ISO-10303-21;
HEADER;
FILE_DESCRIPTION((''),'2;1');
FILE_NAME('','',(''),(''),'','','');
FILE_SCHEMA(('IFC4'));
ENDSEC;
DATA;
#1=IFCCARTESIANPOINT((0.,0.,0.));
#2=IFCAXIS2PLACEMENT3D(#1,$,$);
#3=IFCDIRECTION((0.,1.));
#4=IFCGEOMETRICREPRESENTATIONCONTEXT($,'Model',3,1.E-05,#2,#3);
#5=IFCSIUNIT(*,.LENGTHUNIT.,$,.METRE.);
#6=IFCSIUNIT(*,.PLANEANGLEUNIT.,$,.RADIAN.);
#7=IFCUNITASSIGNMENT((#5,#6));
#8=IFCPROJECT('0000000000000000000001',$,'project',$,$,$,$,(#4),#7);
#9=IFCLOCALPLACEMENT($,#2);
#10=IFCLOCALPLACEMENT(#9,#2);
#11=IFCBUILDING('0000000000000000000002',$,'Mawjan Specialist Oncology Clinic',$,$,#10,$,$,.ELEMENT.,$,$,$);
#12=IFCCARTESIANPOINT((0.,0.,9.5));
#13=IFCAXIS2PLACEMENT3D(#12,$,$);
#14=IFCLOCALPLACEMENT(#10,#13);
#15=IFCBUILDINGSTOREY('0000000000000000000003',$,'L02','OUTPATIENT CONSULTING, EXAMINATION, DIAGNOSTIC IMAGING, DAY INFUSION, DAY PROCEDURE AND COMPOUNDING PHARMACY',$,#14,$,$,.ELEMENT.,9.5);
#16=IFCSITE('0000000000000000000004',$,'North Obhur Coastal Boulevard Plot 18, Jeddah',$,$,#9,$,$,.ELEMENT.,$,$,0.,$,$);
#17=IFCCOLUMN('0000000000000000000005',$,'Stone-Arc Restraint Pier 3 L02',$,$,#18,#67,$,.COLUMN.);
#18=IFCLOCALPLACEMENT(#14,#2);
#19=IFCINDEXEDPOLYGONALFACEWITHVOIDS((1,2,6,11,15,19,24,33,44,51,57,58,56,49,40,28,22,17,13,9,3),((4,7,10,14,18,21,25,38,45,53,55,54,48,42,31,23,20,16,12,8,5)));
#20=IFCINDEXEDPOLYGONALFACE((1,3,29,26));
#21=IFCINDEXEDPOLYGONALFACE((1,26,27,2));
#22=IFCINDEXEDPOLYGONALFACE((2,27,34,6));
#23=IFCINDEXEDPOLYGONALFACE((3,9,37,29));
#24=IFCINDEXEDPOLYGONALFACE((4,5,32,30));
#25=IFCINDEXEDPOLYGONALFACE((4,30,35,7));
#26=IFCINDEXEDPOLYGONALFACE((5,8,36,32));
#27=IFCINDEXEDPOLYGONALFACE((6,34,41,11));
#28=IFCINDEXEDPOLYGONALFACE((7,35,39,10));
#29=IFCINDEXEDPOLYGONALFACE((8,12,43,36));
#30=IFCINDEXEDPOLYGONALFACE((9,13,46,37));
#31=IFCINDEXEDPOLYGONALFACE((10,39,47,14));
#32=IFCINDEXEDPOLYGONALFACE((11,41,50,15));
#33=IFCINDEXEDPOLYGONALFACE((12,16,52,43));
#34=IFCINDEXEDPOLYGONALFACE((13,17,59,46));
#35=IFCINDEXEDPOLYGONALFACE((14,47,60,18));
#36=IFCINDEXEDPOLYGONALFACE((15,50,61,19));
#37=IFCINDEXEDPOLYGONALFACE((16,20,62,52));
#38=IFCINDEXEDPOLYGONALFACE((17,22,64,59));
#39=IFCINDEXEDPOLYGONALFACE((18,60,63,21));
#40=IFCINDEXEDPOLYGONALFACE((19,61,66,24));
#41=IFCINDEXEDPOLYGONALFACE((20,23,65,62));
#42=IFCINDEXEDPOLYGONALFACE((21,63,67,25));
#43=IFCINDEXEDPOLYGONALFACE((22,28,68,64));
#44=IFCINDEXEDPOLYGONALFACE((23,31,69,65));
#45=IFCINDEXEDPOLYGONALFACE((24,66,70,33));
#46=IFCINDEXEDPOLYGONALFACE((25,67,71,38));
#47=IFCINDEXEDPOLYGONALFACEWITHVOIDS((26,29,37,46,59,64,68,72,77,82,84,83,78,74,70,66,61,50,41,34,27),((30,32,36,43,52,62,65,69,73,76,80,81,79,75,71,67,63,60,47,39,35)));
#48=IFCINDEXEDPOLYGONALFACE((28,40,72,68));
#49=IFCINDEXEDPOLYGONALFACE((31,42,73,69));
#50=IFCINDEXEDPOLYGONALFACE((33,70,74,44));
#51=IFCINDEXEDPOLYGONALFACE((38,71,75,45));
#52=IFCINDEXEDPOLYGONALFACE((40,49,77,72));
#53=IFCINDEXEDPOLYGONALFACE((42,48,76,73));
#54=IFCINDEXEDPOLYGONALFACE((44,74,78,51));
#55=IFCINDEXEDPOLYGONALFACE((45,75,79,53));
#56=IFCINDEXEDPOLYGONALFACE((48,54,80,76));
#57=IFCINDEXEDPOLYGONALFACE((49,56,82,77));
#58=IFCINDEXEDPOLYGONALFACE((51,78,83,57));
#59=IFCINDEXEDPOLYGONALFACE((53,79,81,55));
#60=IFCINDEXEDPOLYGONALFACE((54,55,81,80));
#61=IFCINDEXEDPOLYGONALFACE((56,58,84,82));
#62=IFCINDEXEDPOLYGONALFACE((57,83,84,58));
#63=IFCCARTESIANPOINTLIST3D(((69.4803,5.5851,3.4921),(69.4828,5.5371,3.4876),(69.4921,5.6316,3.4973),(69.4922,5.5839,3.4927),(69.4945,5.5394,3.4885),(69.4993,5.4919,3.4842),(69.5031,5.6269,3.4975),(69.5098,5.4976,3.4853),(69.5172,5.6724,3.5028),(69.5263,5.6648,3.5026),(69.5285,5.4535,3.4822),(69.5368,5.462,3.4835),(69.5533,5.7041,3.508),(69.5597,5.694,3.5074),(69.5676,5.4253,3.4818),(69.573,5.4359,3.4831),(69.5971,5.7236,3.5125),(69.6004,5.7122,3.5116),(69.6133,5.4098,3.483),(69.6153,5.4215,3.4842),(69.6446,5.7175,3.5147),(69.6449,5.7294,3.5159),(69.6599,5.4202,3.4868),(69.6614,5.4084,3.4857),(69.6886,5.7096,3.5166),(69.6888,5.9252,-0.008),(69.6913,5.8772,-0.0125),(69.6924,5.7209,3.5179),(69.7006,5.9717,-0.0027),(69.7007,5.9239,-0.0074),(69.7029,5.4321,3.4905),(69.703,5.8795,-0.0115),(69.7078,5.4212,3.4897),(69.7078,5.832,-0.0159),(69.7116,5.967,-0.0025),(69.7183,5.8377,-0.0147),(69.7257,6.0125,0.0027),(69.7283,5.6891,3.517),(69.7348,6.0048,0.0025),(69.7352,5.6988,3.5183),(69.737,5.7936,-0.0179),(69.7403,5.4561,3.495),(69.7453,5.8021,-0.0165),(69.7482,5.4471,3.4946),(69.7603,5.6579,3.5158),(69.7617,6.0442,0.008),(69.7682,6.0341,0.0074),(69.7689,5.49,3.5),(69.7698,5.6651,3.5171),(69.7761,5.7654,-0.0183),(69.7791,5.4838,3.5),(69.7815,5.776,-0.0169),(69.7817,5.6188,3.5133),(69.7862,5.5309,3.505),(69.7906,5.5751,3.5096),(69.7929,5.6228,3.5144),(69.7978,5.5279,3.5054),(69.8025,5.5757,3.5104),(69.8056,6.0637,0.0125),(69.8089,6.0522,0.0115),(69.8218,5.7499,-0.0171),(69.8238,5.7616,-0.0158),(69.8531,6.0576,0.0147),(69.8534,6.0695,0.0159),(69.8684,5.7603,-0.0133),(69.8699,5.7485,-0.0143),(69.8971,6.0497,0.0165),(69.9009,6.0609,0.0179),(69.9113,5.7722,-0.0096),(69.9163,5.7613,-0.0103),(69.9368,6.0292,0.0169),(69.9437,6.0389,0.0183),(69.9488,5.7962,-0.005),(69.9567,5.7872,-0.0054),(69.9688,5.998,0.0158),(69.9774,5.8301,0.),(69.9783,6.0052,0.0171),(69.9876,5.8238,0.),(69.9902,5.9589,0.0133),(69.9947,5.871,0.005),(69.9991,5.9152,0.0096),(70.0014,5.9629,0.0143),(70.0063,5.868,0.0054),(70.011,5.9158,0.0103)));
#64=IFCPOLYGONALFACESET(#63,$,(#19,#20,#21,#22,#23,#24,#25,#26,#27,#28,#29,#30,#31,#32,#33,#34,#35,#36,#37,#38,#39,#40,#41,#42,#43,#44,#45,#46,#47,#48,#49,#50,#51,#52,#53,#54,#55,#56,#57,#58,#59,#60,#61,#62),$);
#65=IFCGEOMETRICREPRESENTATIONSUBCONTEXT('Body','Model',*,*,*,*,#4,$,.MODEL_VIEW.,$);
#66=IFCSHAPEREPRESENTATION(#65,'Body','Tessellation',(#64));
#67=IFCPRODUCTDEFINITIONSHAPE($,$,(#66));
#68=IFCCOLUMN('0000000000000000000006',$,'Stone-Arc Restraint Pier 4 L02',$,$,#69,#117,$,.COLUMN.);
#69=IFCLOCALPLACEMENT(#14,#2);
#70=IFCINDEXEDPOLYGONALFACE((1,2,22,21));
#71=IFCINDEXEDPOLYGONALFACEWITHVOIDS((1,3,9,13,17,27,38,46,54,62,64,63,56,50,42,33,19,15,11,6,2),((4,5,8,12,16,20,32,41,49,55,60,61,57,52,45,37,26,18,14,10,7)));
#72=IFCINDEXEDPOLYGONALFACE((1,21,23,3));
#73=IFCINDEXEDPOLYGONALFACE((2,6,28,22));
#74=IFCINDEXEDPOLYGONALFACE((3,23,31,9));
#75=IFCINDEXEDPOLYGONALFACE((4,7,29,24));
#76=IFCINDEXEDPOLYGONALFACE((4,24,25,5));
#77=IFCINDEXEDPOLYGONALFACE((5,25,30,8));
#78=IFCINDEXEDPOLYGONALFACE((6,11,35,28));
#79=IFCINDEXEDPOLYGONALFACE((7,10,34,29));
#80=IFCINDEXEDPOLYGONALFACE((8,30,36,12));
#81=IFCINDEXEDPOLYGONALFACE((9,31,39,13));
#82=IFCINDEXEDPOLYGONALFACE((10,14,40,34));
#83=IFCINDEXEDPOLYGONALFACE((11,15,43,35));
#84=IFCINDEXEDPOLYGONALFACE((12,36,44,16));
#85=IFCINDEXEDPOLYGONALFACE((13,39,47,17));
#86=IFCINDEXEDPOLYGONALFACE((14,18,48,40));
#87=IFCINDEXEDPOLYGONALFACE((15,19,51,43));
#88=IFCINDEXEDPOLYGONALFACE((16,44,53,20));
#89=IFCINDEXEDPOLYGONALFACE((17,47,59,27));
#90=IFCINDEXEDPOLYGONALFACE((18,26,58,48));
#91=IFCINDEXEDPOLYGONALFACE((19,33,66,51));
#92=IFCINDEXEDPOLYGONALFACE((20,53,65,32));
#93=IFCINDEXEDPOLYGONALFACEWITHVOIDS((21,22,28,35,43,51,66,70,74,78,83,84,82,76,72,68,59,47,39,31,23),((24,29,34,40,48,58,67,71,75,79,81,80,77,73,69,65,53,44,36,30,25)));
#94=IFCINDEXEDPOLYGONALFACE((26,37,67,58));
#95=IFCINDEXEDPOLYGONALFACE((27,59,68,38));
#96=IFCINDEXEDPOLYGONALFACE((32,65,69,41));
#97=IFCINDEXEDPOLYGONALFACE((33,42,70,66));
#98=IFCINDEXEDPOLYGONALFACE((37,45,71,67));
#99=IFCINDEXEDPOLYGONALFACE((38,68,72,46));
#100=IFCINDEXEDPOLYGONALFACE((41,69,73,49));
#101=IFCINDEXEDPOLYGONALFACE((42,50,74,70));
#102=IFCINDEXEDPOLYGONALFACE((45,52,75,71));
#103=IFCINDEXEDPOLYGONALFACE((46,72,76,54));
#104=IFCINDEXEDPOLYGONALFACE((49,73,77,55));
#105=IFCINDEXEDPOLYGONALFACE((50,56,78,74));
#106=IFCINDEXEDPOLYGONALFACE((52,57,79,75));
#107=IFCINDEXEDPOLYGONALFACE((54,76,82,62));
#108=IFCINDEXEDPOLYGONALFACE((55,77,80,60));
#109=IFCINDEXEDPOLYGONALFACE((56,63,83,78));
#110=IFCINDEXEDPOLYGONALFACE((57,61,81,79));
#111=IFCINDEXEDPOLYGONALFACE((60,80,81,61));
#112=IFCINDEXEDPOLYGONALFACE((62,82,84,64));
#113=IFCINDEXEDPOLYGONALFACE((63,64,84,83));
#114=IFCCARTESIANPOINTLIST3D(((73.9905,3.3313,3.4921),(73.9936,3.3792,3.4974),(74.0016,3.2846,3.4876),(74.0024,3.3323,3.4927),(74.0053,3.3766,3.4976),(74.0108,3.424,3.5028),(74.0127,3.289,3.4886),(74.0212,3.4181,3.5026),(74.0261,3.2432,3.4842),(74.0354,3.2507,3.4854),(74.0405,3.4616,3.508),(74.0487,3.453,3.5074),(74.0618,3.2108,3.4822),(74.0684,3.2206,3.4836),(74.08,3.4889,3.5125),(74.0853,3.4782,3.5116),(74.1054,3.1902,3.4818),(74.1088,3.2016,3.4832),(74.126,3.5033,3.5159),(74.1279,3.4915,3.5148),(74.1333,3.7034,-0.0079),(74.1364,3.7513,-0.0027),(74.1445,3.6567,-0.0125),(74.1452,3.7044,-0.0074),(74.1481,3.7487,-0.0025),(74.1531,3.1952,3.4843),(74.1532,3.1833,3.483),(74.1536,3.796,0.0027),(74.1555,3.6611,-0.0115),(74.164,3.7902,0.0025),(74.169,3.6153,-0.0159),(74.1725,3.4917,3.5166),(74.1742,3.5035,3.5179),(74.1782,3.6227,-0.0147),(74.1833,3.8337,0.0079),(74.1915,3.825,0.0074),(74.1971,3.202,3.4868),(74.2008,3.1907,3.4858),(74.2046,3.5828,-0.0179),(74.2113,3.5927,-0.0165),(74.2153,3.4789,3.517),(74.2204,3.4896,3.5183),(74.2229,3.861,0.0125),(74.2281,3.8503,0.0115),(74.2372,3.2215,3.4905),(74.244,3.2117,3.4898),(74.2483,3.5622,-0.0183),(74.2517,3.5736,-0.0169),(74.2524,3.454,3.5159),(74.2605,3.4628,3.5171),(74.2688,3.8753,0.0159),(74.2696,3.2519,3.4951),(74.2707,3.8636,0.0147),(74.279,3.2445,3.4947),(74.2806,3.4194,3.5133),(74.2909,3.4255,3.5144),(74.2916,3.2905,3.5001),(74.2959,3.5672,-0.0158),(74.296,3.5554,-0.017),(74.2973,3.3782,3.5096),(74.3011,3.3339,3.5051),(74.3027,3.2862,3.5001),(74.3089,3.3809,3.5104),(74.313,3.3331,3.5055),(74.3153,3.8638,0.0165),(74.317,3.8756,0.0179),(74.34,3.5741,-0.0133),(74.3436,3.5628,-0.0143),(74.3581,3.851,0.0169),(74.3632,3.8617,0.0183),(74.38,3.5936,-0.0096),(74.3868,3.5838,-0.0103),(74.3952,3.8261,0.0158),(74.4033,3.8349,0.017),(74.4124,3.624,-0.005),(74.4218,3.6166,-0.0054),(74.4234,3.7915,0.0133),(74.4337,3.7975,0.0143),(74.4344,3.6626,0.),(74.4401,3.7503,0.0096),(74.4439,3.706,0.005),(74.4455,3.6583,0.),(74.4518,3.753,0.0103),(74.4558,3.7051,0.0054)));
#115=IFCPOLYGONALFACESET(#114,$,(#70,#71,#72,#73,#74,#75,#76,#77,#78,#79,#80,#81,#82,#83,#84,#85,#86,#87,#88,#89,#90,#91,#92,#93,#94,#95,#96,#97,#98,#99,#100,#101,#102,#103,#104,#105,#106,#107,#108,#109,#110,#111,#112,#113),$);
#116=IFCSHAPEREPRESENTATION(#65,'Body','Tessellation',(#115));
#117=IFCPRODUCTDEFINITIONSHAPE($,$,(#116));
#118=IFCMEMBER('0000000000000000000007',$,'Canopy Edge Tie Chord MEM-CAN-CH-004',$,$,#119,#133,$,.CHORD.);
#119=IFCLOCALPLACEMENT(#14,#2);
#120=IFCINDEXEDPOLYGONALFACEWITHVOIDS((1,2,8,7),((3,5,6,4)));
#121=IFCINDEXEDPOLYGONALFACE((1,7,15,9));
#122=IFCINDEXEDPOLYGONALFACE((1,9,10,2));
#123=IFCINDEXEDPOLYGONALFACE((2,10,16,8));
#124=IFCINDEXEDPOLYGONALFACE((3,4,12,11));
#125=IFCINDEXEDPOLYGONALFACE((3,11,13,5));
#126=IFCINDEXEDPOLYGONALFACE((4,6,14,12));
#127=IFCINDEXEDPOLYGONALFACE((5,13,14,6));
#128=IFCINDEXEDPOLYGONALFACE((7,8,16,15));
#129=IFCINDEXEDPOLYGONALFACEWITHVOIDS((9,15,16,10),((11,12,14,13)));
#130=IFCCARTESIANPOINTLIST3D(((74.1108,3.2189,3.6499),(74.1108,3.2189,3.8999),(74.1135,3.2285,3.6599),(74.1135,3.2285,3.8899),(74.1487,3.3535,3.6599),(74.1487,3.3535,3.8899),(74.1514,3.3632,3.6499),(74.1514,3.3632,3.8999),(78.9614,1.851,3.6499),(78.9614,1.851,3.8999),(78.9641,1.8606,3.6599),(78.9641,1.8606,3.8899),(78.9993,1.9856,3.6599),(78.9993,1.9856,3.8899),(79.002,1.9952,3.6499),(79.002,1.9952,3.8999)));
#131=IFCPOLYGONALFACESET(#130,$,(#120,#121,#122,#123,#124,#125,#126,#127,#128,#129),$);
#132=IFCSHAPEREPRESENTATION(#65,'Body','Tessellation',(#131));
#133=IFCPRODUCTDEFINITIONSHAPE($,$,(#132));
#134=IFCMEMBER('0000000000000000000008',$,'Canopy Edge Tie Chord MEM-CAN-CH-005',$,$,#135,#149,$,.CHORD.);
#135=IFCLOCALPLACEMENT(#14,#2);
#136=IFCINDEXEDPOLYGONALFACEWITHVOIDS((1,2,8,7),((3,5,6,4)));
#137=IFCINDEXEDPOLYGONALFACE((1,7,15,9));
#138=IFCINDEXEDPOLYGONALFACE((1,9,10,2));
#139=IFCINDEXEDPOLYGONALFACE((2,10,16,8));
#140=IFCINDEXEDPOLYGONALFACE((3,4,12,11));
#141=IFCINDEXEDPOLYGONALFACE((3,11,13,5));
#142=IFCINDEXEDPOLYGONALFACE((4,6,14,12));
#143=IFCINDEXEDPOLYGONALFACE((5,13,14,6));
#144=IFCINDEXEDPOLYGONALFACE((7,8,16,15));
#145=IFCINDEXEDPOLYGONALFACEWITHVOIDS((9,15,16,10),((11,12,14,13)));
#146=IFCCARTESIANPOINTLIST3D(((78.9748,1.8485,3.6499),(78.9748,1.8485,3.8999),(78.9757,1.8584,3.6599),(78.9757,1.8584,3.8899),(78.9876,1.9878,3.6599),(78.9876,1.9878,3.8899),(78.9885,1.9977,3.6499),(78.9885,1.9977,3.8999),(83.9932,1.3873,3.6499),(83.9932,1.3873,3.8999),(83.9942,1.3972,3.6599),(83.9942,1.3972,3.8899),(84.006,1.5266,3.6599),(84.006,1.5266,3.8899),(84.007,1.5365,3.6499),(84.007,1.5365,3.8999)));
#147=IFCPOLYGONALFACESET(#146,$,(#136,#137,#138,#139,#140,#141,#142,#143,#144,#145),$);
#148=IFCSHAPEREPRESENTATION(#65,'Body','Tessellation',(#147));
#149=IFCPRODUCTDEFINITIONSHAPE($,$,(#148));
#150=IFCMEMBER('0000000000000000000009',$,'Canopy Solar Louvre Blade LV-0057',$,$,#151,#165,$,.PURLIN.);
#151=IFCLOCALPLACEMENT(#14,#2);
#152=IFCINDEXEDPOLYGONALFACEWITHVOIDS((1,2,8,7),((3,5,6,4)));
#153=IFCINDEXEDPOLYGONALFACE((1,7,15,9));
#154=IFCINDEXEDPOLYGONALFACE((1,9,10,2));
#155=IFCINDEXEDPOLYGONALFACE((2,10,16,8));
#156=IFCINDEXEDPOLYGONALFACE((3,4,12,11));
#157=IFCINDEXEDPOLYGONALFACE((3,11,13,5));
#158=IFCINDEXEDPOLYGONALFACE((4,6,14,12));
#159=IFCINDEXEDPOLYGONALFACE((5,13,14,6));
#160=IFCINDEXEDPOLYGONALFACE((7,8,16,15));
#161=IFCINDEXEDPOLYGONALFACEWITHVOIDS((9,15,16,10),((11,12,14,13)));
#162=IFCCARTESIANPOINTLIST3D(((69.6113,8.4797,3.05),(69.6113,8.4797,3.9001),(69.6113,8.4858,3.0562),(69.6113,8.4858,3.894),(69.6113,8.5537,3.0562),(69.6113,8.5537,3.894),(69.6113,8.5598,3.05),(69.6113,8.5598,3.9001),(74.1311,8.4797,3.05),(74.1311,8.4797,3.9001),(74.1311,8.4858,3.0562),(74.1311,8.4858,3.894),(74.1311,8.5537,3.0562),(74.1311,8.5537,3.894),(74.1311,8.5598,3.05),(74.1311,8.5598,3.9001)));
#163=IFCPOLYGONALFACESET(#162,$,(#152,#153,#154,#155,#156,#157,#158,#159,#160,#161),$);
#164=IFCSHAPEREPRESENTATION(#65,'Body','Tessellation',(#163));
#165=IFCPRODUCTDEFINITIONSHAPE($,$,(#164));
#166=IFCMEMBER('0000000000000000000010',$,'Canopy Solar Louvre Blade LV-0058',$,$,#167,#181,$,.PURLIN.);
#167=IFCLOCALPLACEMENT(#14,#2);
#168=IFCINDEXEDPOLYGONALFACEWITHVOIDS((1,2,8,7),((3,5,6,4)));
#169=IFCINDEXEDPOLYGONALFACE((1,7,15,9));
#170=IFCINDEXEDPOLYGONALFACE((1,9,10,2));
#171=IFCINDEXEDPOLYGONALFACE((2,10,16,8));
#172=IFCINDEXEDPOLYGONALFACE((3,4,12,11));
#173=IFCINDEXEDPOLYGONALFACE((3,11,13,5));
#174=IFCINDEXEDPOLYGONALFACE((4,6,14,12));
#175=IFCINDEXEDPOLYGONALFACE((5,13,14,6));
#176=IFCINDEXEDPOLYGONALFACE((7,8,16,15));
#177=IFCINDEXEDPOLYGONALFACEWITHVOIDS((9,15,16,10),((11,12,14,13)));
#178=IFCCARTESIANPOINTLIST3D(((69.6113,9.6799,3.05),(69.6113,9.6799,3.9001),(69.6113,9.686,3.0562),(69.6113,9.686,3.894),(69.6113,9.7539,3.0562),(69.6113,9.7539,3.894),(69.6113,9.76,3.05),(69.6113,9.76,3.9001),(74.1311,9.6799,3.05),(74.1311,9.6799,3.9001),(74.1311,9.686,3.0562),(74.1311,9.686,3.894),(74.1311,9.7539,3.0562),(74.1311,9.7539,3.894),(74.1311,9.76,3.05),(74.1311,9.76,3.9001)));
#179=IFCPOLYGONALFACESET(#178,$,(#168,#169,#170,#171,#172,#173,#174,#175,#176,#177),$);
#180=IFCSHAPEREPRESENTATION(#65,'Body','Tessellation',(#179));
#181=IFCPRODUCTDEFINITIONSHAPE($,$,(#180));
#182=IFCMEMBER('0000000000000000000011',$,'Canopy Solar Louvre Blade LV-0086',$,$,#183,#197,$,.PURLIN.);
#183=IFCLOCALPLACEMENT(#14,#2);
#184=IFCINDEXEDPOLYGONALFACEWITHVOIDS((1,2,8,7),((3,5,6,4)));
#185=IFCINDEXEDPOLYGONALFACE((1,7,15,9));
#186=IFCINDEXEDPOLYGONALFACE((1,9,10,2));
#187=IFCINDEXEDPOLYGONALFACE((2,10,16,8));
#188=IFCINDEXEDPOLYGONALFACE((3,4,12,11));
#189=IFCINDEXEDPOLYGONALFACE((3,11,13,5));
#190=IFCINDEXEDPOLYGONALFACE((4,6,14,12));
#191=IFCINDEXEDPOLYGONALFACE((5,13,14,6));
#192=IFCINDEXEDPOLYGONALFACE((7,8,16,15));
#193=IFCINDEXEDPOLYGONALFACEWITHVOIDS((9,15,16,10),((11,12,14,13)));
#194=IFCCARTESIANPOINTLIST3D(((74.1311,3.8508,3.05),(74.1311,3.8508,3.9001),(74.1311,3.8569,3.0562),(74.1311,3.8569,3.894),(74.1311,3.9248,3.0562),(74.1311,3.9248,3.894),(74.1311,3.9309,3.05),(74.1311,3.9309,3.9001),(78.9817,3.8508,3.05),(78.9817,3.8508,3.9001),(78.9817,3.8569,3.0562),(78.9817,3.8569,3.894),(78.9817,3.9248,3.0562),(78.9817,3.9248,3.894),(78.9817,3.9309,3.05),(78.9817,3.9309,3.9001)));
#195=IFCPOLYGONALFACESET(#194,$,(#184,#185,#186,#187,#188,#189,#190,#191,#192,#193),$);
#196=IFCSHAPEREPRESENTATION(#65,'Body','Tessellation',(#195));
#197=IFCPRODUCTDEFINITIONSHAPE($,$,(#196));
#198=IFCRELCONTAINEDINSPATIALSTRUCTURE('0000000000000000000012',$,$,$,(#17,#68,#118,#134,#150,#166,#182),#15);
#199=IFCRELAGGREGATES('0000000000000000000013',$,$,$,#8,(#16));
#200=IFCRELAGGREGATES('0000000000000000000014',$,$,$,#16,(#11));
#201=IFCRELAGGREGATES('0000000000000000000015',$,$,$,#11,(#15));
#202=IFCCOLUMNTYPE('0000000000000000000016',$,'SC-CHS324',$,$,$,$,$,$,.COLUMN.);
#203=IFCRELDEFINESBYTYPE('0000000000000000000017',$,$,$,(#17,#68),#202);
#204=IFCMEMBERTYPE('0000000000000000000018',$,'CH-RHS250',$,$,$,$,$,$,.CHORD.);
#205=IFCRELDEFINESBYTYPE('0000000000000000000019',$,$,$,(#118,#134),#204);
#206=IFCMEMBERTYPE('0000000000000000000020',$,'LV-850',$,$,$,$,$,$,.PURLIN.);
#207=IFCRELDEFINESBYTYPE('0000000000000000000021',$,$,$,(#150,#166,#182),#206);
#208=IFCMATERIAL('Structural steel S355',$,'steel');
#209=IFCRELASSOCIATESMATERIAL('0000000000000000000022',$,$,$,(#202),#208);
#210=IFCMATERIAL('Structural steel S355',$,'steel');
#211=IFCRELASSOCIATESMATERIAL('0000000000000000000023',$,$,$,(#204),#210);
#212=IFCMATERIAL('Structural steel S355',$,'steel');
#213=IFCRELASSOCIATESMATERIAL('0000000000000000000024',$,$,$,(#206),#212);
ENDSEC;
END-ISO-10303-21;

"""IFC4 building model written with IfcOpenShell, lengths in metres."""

from ifc_helpers import new_model, si_unit, direction, frame, origin, origin_2d, place, context, subcontext, project, spatial, hollow_rectangle, hollow_circle, extrude, material, material_profile, profile_set, type_object, element, save


model = new_model("IFC4")

# Units and contexts
model_context = context("Model", 3, precision=1e-05, world=origin(), true_north=direction((0.0, 1.0)))
body_context = subcontext(model_context, "Body", "Model", "MODEL_VIEW")
ifc_project = project(units=[si_unit("LENGTHUNIT", "METRE"), si_unit("PLANEANGLEUNIT", "RADIAN")], contexts=[model_context])

# Site, building, storey
site_placement = place(None, origin())
site = spatial("IfcSite", under=ifc_project, at=site_placement, Name="North Obhur Coastal Boulevard Plot 18, Jeddah", CompositionType="ELEMENT", RefElevation=0.0)
building_placement = place(site_placement, origin())
building = spatial("IfcBuilding", under=site, at=building_placement, Name="Mawjan Specialist Oncology Clinic", CompositionType="ELEMENT")
storey_placement = place(building_placement, frame((0.0, 0.0, 9.5)))
storey = spatial("IfcBuildingStorey", under=building, at=storey_placement, Name="L02", Description="OUTPATIENT CONSULTING, EXAMINATION, DIAGNOSTIC IMAGING, DAY INFUSION, DAY PROCEDURE AND COMPOUNDING PHARMACY", CompositionType="ELEMENT", Elevation=9.5)

# Columns
ifc_material_1 = material(Name="Structural steel S355", Category="steel")
ifc_material_profile_1 = material_profile(ifc_material_1, hollow_circle(Radius=0.1619, WallThickness=0.012, at=origin_2d()), Name="CHS 323.9x12", Category="steel")
ifc_profile_set_1 = profile_set([ifc_material_profile_1], Name="Structural steel S355")
column_type = type_object("IfcColumnType", Name="SC-CHS324", PredefinedType="COLUMN", material=ifc_profile_set_1)
for number, where, z_axis, x_axis, name in (
    (1, (69.8496, 5.9084, 0.0), (-0.059187, -0.096543, 0.993567), (0.85254, -0.522663, 0.0), "Stone-Arc Restraint Pier 3 L02"),
    (2, (74.2944, 3.7163, 0.0), (-0.040544, -0.105623, 0.993579), (0.933582, -0.358363, 0.0), "Stone-Arc Restraint Pier 4 L02"),
):
    element("IfcColumn", number, at=place(storey_placement, frame(where, z_axis=z_axis, x_axis=x_axis)), inside=storey, type_object=column_type, Name=name, PredefinedType="COLUMN", context=body_context, shape_type="SweptSolid", body=[
        extrude(hollow_circle(Radius=0.1619, WallThickness=0.012, at=origin_2d()), origin(), (0.0, 0.0, 1.0), 3.5227),
    ])

# Members
ifc_material_2 = material(Name="Structural steel S355", Category="steel")
ifc_material_profile_2 = material_profile(ifc_material_2, hollow_rectangle(XDim=0.1499, YDim=0.25, WallThickness=0.01, at=origin_2d()), Name="RHS 250x150x10", Category="steel")
ifc_profile_set_2 = profile_set([ifc_material_profile_2], Name="Structural steel S355")
member_type_1 = type_object("IfcMemberType", Name="CH-RHS250", PredefinedType="CHORD", material=ifc_profile_set_2)
member_1_placement = place(storey_placement, frame((74.1311, 3.291, 3.7749), z_axis=(0.96246, -0.271424, 0.0), x_axis=(0.271424, 0.96246, 0.0)))
element("IfcMember", 3, at=member_1_placement, inside=storey, type_object=member_type_1, Name="Canopy Edge Tie Chord MEM-CAN-CH-004", PredefinedType="CHORD", context=body_context, shape_type="SweptSolid", body=[
    extrude(hollow_rectangle(XDim=0.1499, YDim=0.25, WallThickness=0.01, at=origin_2d()), origin(), (0.0, 0.0, 1.0), 5.0398),
])
member_2_placement = place(storey_placement, frame((78.9817, 1.9231, 3.7749), z_axis=(0.995804, -0.091514, 0.0), x_axis=(0.091514, 0.995804, 0.0)))
element("IfcMember", 4, at=member_2_placement, inside=storey, type_object=member_type_1, Name="Canopy Edge Tie Chord MEM-CAN-CH-005", PredefinedType="CHORD", context=body_context, shape_type="SweptSolid", body=[
    extrude(hollow_rectangle(XDim=0.1499, YDim=0.25, WallThickness=0.01, at=origin_2d()), origin(), (0.0, 0.0, 1.0), 5.0396),
])
ifc_material_3 = material(Name="Structural steel S355", Category="steel")
ifc_material_profile_3 = material_profile(ifc_material_3, hollow_rectangle(XDim=0.0801, YDim=0.8501, WallThickness=0.0061, at=origin_2d()), Name="LOUVRE 850x80x6", Category="steel")
ifc_profile_set_3 = profile_set([ifc_material_profile_3], Name="Structural steel S355")
member_type_2 = type_object("IfcMemberType", Name="LV-850", PredefinedType="PURLIN", material=ifc_profile_set_3)
for number, where, z_axis, x_axis, name in (
    (5, (69.6113, 8.5198, 3.4751), (1.0, 0.0, 0.0), (0.0, 1.0, 0.0), "Canopy Solar Louvre Blade LV-0057"),
    (6, (69.6113, 9.72, 3.4751), (1.0, 0.0, 0.0), (0.0, 1.0, 0.0), "Canopy Solar Louvre Blade LV-0058"),
):
    element("IfcMember", number, at=place(storey_placement, frame(where, z_axis=z_axis, x_axis=x_axis)), inside=storey, type_object=member_type_2, Name=name, PredefinedType="PURLIN", context=body_context, shape_type="SweptSolid", body=[
        extrude(hollow_rectangle(XDim=0.0801, YDim=0.8501, WallThickness=0.0061, at=origin_2d()), origin(), (0.0, 0.0, 1.0), 4.5198),
    ])
for number, where, z_axis, x_axis, name in (
    (7, (74.1311, 3.8909, 3.4751), (1.0, 0.0, 0.0), (0.0, 1.0, 0.0), "Canopy Solar Louvre Blade LV-0086"),
):
    element("IfcMember", number, at=place(storey_placement, frame(where, z_axis=z_axis, x_axis=x_axis)), inside=storey, type_object=member_type_2, Name=name, PredefinedType="PURLIN", context=body_context, shape_type="SweptSolid", body=[
        extrude(hollow_rectangle(XDim=0.0801, YDim=0.8501, WallThickness=0.0061, at=origin_2d()), origin(), (0.0, 0.0, 1.0), 4.8506),
    ])

save(model, "model.ifc")
